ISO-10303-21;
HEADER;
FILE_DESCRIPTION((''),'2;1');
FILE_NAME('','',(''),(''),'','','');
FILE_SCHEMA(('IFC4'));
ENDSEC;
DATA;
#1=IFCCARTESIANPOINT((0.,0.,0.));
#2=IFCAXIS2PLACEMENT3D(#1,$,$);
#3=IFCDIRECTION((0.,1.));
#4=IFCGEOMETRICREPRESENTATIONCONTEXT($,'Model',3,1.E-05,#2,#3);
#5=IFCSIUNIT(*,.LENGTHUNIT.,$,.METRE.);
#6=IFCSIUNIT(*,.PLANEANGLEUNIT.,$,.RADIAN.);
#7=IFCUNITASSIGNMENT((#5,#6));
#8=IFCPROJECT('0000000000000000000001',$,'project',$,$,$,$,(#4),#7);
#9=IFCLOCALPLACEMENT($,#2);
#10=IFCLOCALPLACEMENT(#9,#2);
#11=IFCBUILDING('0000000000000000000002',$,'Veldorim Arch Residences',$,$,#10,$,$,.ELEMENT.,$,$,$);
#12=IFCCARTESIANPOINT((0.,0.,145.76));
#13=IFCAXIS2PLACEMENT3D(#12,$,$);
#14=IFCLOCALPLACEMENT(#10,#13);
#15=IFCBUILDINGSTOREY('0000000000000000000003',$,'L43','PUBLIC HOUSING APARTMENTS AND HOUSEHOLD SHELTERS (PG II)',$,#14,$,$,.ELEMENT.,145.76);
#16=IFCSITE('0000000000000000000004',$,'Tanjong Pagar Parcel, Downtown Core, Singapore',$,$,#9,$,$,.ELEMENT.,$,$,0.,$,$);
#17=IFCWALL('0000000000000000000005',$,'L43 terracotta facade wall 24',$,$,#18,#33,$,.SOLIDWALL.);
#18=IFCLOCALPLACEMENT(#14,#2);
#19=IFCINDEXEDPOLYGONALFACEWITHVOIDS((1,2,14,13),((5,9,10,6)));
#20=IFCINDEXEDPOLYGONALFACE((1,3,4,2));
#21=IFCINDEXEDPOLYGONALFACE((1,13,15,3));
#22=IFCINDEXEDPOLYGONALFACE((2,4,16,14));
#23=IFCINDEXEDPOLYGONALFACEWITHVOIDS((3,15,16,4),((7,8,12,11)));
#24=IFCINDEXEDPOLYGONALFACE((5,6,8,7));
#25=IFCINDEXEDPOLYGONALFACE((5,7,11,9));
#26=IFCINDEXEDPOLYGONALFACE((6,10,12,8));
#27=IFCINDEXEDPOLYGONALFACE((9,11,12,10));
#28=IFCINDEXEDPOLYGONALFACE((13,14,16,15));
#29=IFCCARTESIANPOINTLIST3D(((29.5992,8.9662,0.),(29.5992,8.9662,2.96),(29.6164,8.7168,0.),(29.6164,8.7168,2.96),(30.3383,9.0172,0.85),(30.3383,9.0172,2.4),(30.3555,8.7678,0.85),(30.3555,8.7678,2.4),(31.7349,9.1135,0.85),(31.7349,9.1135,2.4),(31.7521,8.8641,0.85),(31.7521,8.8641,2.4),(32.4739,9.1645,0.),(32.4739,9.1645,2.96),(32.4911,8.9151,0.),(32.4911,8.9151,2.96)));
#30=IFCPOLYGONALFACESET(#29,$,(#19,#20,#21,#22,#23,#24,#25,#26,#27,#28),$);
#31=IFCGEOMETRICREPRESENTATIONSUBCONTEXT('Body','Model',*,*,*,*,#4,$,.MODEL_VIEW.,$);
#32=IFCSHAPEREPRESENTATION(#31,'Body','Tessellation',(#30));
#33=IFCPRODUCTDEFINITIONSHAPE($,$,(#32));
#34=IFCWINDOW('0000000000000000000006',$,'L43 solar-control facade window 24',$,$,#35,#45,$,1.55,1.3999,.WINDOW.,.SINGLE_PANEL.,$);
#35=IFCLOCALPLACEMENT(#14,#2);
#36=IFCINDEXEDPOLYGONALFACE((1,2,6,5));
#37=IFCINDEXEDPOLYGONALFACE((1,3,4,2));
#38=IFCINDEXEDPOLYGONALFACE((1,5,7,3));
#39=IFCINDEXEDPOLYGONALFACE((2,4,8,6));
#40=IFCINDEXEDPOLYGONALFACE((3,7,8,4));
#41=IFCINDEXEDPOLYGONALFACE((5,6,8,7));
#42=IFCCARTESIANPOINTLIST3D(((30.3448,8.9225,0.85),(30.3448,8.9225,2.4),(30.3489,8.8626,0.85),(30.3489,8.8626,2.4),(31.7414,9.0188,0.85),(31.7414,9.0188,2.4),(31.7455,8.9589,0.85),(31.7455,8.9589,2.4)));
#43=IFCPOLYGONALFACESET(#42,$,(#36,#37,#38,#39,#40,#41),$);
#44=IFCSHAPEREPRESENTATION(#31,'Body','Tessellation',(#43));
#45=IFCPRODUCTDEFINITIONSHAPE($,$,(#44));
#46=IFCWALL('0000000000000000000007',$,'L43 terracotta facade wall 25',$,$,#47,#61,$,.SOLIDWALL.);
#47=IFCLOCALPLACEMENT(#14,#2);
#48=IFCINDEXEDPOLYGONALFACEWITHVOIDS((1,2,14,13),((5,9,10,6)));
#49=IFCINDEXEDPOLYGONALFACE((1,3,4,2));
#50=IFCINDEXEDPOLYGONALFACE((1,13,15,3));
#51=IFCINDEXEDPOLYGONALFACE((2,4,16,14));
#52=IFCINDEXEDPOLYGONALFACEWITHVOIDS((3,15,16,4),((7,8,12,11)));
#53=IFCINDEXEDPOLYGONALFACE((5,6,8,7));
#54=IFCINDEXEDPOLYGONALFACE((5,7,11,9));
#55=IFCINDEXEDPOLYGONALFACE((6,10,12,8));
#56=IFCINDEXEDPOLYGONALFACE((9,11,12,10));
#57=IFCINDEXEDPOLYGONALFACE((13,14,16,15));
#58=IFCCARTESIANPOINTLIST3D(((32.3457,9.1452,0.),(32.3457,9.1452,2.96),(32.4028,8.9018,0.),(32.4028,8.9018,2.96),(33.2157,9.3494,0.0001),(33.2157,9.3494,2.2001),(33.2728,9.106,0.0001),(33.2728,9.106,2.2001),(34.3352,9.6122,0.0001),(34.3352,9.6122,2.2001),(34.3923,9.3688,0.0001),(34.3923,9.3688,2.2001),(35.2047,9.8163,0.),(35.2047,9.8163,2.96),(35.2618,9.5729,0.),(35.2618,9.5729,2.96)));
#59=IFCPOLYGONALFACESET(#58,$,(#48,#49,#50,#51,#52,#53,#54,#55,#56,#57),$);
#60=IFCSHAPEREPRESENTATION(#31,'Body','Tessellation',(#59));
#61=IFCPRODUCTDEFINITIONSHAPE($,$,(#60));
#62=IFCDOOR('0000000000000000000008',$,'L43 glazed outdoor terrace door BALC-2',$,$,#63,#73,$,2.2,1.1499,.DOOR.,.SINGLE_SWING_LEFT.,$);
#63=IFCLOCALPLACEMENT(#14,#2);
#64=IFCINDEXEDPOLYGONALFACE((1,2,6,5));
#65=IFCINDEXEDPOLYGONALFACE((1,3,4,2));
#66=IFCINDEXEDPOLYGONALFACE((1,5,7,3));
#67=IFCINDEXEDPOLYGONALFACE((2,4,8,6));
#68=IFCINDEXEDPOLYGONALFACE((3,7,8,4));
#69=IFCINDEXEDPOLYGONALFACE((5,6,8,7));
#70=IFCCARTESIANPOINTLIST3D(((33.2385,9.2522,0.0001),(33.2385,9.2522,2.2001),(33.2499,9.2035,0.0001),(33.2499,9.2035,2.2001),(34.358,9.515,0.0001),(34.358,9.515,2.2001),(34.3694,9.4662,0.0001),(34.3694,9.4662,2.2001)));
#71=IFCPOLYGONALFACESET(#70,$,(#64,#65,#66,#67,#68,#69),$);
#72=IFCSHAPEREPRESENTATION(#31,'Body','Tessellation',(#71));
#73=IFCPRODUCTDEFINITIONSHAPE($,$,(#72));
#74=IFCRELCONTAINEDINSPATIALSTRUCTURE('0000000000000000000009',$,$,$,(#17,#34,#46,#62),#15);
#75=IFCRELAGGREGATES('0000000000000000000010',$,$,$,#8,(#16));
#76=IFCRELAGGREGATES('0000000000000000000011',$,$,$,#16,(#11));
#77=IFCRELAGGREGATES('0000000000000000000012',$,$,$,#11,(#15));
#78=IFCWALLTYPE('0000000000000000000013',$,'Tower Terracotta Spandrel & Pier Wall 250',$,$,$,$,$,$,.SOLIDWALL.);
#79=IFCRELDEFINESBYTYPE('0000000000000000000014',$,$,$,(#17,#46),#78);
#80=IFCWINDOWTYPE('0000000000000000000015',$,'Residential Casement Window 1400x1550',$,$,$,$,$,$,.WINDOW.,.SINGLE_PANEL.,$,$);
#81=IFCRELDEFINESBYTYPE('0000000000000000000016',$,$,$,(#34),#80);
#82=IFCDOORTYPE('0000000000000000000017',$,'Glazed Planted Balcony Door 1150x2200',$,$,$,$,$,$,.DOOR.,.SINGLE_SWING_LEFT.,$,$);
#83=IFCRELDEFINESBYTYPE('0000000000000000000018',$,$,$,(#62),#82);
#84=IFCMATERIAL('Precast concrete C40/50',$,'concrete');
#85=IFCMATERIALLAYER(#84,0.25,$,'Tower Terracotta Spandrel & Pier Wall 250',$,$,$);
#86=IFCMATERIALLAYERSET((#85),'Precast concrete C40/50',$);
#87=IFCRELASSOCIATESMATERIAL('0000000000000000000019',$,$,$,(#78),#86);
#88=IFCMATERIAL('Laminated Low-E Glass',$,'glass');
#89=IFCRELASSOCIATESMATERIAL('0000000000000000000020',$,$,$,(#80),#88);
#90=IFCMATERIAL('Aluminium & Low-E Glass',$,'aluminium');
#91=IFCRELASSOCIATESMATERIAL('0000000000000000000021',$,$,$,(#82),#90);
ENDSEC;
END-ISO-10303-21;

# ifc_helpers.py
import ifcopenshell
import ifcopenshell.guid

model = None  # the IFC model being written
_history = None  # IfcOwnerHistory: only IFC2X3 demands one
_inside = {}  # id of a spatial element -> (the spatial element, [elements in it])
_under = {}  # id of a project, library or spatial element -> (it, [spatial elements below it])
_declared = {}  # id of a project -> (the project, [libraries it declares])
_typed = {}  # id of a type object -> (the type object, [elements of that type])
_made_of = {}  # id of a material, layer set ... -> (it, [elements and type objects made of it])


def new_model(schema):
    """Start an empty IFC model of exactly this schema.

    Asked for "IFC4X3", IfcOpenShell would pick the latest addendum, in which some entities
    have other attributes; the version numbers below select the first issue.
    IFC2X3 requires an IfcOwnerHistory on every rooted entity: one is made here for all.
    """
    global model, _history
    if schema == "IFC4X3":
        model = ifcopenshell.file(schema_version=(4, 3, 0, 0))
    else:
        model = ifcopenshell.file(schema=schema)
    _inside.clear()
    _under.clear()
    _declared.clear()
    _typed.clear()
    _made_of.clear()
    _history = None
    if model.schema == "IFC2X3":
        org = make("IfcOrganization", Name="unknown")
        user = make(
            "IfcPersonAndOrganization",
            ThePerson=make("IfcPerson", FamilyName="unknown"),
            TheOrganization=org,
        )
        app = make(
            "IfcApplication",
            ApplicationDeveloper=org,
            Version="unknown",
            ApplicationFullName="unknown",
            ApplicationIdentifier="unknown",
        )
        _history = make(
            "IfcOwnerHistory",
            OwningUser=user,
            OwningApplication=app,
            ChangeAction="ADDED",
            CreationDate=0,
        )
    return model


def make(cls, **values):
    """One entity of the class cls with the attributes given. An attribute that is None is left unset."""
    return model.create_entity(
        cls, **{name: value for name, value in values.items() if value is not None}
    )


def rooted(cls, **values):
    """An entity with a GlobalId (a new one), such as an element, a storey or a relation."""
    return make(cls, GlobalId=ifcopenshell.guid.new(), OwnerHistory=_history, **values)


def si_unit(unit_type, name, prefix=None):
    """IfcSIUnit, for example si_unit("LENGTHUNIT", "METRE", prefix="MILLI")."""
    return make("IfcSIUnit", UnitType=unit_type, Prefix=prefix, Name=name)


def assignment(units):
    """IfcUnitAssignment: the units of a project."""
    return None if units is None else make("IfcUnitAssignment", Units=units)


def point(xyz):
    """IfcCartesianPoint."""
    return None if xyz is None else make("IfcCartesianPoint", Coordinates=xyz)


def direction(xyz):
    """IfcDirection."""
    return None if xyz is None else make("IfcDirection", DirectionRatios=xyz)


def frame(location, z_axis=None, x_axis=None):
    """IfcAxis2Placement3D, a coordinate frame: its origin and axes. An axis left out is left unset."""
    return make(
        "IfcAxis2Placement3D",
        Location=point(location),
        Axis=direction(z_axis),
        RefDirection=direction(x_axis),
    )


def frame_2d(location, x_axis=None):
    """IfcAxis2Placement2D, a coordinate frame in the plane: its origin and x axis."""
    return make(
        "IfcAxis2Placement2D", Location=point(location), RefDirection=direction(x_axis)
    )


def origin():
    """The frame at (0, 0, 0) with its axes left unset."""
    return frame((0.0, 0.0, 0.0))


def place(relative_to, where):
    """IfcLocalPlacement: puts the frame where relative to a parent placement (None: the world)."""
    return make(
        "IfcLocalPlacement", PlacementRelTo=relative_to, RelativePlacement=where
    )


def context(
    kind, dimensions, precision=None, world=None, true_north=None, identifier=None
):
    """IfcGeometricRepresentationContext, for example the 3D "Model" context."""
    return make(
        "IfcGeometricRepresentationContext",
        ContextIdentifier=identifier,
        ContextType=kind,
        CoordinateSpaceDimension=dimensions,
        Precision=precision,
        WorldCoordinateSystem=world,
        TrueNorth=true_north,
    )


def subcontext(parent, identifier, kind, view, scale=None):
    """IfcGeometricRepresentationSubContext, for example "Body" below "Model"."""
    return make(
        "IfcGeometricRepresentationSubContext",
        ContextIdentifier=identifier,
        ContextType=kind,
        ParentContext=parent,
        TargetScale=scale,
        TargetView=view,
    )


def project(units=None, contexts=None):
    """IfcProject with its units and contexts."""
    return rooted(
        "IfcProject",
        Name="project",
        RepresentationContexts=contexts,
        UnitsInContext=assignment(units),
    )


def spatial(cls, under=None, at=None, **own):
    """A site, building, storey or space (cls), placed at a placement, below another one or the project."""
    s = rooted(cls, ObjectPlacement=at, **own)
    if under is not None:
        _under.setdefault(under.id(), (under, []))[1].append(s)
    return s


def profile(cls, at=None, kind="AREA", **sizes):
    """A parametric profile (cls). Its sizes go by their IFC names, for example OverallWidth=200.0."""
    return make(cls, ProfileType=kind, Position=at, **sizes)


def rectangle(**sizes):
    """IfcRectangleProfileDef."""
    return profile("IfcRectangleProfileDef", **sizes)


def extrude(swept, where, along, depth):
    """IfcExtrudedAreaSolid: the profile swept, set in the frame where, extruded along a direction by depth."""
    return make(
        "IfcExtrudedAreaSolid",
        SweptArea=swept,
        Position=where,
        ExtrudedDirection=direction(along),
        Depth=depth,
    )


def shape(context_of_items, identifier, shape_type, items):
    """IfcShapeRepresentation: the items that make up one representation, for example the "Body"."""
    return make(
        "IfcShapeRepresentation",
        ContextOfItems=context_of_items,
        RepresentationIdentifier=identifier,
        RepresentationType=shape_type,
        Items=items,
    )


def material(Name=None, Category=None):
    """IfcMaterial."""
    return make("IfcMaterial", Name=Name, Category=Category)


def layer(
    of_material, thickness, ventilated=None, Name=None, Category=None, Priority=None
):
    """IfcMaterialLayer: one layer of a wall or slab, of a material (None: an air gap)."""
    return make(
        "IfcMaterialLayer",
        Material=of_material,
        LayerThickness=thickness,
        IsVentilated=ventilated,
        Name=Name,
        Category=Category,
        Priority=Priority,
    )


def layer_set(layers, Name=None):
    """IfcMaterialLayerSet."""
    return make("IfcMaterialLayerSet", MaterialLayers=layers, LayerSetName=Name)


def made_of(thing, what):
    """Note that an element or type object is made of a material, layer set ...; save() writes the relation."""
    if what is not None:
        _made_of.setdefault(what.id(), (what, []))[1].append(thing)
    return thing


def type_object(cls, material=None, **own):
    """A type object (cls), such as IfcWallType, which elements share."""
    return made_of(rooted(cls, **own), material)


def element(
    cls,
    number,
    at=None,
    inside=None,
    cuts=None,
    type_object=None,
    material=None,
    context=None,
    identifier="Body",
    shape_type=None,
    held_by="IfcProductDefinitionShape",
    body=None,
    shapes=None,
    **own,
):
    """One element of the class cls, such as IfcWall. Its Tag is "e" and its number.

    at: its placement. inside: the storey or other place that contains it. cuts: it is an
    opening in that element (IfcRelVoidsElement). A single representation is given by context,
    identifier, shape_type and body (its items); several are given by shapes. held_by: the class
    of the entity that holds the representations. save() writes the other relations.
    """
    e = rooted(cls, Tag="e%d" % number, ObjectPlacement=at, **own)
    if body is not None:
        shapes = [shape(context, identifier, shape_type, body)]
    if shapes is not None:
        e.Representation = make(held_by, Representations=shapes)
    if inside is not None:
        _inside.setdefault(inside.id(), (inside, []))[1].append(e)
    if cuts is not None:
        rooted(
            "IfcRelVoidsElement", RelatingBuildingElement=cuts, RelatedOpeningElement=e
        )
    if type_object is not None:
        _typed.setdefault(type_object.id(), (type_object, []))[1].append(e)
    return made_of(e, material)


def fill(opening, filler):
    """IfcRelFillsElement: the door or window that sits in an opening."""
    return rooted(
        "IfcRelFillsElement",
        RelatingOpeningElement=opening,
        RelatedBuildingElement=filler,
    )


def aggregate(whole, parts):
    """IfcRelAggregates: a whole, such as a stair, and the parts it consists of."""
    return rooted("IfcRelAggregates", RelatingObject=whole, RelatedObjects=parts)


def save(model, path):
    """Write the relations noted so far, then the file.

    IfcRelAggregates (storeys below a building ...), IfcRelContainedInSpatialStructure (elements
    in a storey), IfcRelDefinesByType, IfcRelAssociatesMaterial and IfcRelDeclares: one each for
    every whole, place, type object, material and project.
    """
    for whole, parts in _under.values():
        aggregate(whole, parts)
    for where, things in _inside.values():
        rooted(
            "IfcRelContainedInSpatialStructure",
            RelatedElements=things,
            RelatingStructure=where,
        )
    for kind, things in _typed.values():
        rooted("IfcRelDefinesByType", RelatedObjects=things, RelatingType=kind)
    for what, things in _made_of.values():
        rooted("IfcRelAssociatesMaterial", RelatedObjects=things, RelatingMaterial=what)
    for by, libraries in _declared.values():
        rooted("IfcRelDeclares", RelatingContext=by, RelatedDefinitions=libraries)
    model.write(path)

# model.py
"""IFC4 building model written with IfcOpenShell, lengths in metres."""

from ifc_helpers import new_model, si_unit, direction, frame, frame_2d, origin, place, context, subcontext, project, spatial, rectangle, extrude, material, layer, layer_set, type_object, element, fill, save


model = new_model("IFC4")

# Units and contexts
model_context = context("Model", 3, precision=1e-05, world=origin(), true_north=direction((0.0, 1.0)))
body_context = subcontext(model_context, "Body", "Model", "MODEL_VIEW")
ifc_project = project(units=[si_unit("LENGTHUNIT", "METRE"), si_unit("PLANEANGLEUNIT", "RADIAN")], contexts=[model_context])

# Site, building, storey
site_placement = place(None, origin())
site = spatial("IfcSite", under=ifc_project, at=site_placement, Name="Tanjong Pagar Parcel, Downtown Core, Singapore", CompositionType="ELEMENT", RefElevation=0.0)
building_placement = place(site_placement, origin())
building = spatial("IfcBuilding", under=site, at=building_placement, Name="Veldorim Arch Residences", CompositionType="ELEMENT")
storey_placement = place(building_placement, frame((0.0, 0.0, 145.76)))
storey = spatial("IfcBuildingStorey", under=building, at=storey_placement, Name="L43", Description="PUBLIC HOUSING APARTMENTS AND HOUSEHOLD SHELTERS (PG II)", CompositionType="ELEMENT", Elevation=145.76)

# Wall, opening, window
ifc_material_1 = material(Name="Precast concrete C40/50", Category="concrete")
ifc_layer_1 = layer(ifc_material_1, 0.25, Name="Tower Terracotta Spandrel & Pier Wall 250")
ifc_layer_set_1 = layer_set([ifc_layer_1], Name="Precast concrete C40/50")
wall_type_1 = type_object("IfcWallType", Name="Tower Terracotta Spandrel & Pier Wall 250", PredefinedType="SOLIDWALL", material=ifc_layer_set_1)
wall_1_placement = place(storey_placement, frame((32.4827, 9.0398, 0.0), z_axis=(0.0, 0.0, 1.0), x_axis=(-0.997631, -0.068796, 0.0)))
wall_1 = element("IfcWall", 1, at=wall_1_placement, inside=storey, type_object=wall_type_1, Name="L43 terracotta facade wall 24", PredefinedType="SOLIDWALL", context=body_context, shape_type="SweptSolid", body=[
    extrude(rectangle(XDim=2.8816, YDim=0.25, at=frame_2d((1.4409, 0.0))), origin(), (0.0, 0.0, 1.0), 2.96),
])
opening_1_placement = place(wall_1_placement, frame((0.741, 0.0, 0.8501)))
opening_1 = element("IfcOpeningElement", 2, at=opening_1_placement, cuts=wall_1, PredefinedType="OPENING", context=body_context, shape_type="SweptSolid", body=[
    extrude(rectangle(XDim=1.3999, YDim=1.55, at=frame_2d((0.7, 0.7749))), frame((0.0, 0.135, 0.0), z_axis=(0.0, -1.0, 0.0), x_axis=(1.0, 0.0, 0.0)), (0.0, 0.0, 1.0), 0.27),
])
ifc_material_2 = material(Name="Laminated Low-E Glass", Category="glass")
window_type = type_object("IfcWindowType", Name="Residential Casement Window 1400x1550", PartitioningType="SINGLE_PANEL", PredefinedType="WINDOW", material=ifc_material_2)
window_placement = place(opening_1_placement, origin())
window = element("IfcWindow", 3, at=window_placement, inside=storey, type_object=window_type, Name="L43 solar-control facade window 24", OverallHeight=1.55, OverallWidth=1.3999, PartitioningType="SINGLE_PANEL", PredefinedType="WINDOW", context=body_context, shape_type="SweptSolid", body=[
    extrude(rectangle(XDim=1.3999, YDim=1.55, at=frame_2d((0.7, 0.7749))), frame((0.0, 0.03, 0.0), z_axis=(0.0, -1.0, 0.0), x_axis=(1.0, 0.0, 0.0)), (0.0, 0.0, 1.0), 0.0601),
])
fill(opening_1, window)

# Wall, opening, door
wall_2_placement = place(storey_placement, frame((35.2332, 9.6946, 0.0), z_axis=(0.0, 0.0, 1.0), x_axis=(-0.973538, -0.228525, 0.0)))
wall_2 = element("IfcWall", 4, at=wall_2_placement, inside=storey, type_object=wall_type_1, Name="L43 terracotta facade wall 25", PredefinedType="SOLIDWALL", context=body_context, shape_type="SweptSolid", body=[
    extrude(rectangle(XDim=2.9368, YDim=0.25, at=frame_2d((1.4683, 0.0))), origin(), (0.0, 0.0, 1.0), 2.96),
])
opening_2_placement = place(wall_2_placement, frame((0.8931, 0.0, 0.0)))
opening_2 = element("IfcOpeningElement", 5, at=opening_2_placement, cuts=wall_2, PredefinedType="OPENING", context=body_context, shape_type="SweptSolid", body=[
    extrude(rectangle(XDim=1.1499, YDim=2.2, at=frame_2d((0.575, 1.1001))), frame((0.0, 0.135, 0.0), z_axis=(0.0, -1.0, 0.0), x_axis=(1.0, 0.0, 0.0)), (0.0, 0.0, 1.0), 0.27),
])
ifc_material_3 = material(Name="Aluminium & Low-E Glass", Category="aluminium")
door_type_1 = type_object("IfcDoorType", Name="Glazed Planted Balcony Door 1150x2200", OperationType="SINGLE_SWING_LEFT", PredefinedType="DOOR", material=ifc_material_3)
door_1_placement = place(opening_2_placement, origin())
door_1 = element("IfcDoor", 6, at=door_1_placement, inside=storey, type_object=door_type_1, Name="L43 glazed outdoor terrace door BALC-2", OperationType="SINGLE_SWING_LEFT", OverallHeight=2.2, OverallWidth=1.1499, PredefinedType="DOOR", context=body_context, shape_type="SweptSolid", body=[
    extrude(rectangle(XDim=1.1499, YDim=2.2, at=frame_2d((0.575, 1.1001))), frame((0.0, 0.0249, 0.0), z_axis=(0.0, -1.0, 0.0), x_axis=(1.0, 0.0, 0.0)), (0.0, 0.0, 1.0), 0.05),
])
fill(opening_2, door_1)

save(model, "model.ifc")
